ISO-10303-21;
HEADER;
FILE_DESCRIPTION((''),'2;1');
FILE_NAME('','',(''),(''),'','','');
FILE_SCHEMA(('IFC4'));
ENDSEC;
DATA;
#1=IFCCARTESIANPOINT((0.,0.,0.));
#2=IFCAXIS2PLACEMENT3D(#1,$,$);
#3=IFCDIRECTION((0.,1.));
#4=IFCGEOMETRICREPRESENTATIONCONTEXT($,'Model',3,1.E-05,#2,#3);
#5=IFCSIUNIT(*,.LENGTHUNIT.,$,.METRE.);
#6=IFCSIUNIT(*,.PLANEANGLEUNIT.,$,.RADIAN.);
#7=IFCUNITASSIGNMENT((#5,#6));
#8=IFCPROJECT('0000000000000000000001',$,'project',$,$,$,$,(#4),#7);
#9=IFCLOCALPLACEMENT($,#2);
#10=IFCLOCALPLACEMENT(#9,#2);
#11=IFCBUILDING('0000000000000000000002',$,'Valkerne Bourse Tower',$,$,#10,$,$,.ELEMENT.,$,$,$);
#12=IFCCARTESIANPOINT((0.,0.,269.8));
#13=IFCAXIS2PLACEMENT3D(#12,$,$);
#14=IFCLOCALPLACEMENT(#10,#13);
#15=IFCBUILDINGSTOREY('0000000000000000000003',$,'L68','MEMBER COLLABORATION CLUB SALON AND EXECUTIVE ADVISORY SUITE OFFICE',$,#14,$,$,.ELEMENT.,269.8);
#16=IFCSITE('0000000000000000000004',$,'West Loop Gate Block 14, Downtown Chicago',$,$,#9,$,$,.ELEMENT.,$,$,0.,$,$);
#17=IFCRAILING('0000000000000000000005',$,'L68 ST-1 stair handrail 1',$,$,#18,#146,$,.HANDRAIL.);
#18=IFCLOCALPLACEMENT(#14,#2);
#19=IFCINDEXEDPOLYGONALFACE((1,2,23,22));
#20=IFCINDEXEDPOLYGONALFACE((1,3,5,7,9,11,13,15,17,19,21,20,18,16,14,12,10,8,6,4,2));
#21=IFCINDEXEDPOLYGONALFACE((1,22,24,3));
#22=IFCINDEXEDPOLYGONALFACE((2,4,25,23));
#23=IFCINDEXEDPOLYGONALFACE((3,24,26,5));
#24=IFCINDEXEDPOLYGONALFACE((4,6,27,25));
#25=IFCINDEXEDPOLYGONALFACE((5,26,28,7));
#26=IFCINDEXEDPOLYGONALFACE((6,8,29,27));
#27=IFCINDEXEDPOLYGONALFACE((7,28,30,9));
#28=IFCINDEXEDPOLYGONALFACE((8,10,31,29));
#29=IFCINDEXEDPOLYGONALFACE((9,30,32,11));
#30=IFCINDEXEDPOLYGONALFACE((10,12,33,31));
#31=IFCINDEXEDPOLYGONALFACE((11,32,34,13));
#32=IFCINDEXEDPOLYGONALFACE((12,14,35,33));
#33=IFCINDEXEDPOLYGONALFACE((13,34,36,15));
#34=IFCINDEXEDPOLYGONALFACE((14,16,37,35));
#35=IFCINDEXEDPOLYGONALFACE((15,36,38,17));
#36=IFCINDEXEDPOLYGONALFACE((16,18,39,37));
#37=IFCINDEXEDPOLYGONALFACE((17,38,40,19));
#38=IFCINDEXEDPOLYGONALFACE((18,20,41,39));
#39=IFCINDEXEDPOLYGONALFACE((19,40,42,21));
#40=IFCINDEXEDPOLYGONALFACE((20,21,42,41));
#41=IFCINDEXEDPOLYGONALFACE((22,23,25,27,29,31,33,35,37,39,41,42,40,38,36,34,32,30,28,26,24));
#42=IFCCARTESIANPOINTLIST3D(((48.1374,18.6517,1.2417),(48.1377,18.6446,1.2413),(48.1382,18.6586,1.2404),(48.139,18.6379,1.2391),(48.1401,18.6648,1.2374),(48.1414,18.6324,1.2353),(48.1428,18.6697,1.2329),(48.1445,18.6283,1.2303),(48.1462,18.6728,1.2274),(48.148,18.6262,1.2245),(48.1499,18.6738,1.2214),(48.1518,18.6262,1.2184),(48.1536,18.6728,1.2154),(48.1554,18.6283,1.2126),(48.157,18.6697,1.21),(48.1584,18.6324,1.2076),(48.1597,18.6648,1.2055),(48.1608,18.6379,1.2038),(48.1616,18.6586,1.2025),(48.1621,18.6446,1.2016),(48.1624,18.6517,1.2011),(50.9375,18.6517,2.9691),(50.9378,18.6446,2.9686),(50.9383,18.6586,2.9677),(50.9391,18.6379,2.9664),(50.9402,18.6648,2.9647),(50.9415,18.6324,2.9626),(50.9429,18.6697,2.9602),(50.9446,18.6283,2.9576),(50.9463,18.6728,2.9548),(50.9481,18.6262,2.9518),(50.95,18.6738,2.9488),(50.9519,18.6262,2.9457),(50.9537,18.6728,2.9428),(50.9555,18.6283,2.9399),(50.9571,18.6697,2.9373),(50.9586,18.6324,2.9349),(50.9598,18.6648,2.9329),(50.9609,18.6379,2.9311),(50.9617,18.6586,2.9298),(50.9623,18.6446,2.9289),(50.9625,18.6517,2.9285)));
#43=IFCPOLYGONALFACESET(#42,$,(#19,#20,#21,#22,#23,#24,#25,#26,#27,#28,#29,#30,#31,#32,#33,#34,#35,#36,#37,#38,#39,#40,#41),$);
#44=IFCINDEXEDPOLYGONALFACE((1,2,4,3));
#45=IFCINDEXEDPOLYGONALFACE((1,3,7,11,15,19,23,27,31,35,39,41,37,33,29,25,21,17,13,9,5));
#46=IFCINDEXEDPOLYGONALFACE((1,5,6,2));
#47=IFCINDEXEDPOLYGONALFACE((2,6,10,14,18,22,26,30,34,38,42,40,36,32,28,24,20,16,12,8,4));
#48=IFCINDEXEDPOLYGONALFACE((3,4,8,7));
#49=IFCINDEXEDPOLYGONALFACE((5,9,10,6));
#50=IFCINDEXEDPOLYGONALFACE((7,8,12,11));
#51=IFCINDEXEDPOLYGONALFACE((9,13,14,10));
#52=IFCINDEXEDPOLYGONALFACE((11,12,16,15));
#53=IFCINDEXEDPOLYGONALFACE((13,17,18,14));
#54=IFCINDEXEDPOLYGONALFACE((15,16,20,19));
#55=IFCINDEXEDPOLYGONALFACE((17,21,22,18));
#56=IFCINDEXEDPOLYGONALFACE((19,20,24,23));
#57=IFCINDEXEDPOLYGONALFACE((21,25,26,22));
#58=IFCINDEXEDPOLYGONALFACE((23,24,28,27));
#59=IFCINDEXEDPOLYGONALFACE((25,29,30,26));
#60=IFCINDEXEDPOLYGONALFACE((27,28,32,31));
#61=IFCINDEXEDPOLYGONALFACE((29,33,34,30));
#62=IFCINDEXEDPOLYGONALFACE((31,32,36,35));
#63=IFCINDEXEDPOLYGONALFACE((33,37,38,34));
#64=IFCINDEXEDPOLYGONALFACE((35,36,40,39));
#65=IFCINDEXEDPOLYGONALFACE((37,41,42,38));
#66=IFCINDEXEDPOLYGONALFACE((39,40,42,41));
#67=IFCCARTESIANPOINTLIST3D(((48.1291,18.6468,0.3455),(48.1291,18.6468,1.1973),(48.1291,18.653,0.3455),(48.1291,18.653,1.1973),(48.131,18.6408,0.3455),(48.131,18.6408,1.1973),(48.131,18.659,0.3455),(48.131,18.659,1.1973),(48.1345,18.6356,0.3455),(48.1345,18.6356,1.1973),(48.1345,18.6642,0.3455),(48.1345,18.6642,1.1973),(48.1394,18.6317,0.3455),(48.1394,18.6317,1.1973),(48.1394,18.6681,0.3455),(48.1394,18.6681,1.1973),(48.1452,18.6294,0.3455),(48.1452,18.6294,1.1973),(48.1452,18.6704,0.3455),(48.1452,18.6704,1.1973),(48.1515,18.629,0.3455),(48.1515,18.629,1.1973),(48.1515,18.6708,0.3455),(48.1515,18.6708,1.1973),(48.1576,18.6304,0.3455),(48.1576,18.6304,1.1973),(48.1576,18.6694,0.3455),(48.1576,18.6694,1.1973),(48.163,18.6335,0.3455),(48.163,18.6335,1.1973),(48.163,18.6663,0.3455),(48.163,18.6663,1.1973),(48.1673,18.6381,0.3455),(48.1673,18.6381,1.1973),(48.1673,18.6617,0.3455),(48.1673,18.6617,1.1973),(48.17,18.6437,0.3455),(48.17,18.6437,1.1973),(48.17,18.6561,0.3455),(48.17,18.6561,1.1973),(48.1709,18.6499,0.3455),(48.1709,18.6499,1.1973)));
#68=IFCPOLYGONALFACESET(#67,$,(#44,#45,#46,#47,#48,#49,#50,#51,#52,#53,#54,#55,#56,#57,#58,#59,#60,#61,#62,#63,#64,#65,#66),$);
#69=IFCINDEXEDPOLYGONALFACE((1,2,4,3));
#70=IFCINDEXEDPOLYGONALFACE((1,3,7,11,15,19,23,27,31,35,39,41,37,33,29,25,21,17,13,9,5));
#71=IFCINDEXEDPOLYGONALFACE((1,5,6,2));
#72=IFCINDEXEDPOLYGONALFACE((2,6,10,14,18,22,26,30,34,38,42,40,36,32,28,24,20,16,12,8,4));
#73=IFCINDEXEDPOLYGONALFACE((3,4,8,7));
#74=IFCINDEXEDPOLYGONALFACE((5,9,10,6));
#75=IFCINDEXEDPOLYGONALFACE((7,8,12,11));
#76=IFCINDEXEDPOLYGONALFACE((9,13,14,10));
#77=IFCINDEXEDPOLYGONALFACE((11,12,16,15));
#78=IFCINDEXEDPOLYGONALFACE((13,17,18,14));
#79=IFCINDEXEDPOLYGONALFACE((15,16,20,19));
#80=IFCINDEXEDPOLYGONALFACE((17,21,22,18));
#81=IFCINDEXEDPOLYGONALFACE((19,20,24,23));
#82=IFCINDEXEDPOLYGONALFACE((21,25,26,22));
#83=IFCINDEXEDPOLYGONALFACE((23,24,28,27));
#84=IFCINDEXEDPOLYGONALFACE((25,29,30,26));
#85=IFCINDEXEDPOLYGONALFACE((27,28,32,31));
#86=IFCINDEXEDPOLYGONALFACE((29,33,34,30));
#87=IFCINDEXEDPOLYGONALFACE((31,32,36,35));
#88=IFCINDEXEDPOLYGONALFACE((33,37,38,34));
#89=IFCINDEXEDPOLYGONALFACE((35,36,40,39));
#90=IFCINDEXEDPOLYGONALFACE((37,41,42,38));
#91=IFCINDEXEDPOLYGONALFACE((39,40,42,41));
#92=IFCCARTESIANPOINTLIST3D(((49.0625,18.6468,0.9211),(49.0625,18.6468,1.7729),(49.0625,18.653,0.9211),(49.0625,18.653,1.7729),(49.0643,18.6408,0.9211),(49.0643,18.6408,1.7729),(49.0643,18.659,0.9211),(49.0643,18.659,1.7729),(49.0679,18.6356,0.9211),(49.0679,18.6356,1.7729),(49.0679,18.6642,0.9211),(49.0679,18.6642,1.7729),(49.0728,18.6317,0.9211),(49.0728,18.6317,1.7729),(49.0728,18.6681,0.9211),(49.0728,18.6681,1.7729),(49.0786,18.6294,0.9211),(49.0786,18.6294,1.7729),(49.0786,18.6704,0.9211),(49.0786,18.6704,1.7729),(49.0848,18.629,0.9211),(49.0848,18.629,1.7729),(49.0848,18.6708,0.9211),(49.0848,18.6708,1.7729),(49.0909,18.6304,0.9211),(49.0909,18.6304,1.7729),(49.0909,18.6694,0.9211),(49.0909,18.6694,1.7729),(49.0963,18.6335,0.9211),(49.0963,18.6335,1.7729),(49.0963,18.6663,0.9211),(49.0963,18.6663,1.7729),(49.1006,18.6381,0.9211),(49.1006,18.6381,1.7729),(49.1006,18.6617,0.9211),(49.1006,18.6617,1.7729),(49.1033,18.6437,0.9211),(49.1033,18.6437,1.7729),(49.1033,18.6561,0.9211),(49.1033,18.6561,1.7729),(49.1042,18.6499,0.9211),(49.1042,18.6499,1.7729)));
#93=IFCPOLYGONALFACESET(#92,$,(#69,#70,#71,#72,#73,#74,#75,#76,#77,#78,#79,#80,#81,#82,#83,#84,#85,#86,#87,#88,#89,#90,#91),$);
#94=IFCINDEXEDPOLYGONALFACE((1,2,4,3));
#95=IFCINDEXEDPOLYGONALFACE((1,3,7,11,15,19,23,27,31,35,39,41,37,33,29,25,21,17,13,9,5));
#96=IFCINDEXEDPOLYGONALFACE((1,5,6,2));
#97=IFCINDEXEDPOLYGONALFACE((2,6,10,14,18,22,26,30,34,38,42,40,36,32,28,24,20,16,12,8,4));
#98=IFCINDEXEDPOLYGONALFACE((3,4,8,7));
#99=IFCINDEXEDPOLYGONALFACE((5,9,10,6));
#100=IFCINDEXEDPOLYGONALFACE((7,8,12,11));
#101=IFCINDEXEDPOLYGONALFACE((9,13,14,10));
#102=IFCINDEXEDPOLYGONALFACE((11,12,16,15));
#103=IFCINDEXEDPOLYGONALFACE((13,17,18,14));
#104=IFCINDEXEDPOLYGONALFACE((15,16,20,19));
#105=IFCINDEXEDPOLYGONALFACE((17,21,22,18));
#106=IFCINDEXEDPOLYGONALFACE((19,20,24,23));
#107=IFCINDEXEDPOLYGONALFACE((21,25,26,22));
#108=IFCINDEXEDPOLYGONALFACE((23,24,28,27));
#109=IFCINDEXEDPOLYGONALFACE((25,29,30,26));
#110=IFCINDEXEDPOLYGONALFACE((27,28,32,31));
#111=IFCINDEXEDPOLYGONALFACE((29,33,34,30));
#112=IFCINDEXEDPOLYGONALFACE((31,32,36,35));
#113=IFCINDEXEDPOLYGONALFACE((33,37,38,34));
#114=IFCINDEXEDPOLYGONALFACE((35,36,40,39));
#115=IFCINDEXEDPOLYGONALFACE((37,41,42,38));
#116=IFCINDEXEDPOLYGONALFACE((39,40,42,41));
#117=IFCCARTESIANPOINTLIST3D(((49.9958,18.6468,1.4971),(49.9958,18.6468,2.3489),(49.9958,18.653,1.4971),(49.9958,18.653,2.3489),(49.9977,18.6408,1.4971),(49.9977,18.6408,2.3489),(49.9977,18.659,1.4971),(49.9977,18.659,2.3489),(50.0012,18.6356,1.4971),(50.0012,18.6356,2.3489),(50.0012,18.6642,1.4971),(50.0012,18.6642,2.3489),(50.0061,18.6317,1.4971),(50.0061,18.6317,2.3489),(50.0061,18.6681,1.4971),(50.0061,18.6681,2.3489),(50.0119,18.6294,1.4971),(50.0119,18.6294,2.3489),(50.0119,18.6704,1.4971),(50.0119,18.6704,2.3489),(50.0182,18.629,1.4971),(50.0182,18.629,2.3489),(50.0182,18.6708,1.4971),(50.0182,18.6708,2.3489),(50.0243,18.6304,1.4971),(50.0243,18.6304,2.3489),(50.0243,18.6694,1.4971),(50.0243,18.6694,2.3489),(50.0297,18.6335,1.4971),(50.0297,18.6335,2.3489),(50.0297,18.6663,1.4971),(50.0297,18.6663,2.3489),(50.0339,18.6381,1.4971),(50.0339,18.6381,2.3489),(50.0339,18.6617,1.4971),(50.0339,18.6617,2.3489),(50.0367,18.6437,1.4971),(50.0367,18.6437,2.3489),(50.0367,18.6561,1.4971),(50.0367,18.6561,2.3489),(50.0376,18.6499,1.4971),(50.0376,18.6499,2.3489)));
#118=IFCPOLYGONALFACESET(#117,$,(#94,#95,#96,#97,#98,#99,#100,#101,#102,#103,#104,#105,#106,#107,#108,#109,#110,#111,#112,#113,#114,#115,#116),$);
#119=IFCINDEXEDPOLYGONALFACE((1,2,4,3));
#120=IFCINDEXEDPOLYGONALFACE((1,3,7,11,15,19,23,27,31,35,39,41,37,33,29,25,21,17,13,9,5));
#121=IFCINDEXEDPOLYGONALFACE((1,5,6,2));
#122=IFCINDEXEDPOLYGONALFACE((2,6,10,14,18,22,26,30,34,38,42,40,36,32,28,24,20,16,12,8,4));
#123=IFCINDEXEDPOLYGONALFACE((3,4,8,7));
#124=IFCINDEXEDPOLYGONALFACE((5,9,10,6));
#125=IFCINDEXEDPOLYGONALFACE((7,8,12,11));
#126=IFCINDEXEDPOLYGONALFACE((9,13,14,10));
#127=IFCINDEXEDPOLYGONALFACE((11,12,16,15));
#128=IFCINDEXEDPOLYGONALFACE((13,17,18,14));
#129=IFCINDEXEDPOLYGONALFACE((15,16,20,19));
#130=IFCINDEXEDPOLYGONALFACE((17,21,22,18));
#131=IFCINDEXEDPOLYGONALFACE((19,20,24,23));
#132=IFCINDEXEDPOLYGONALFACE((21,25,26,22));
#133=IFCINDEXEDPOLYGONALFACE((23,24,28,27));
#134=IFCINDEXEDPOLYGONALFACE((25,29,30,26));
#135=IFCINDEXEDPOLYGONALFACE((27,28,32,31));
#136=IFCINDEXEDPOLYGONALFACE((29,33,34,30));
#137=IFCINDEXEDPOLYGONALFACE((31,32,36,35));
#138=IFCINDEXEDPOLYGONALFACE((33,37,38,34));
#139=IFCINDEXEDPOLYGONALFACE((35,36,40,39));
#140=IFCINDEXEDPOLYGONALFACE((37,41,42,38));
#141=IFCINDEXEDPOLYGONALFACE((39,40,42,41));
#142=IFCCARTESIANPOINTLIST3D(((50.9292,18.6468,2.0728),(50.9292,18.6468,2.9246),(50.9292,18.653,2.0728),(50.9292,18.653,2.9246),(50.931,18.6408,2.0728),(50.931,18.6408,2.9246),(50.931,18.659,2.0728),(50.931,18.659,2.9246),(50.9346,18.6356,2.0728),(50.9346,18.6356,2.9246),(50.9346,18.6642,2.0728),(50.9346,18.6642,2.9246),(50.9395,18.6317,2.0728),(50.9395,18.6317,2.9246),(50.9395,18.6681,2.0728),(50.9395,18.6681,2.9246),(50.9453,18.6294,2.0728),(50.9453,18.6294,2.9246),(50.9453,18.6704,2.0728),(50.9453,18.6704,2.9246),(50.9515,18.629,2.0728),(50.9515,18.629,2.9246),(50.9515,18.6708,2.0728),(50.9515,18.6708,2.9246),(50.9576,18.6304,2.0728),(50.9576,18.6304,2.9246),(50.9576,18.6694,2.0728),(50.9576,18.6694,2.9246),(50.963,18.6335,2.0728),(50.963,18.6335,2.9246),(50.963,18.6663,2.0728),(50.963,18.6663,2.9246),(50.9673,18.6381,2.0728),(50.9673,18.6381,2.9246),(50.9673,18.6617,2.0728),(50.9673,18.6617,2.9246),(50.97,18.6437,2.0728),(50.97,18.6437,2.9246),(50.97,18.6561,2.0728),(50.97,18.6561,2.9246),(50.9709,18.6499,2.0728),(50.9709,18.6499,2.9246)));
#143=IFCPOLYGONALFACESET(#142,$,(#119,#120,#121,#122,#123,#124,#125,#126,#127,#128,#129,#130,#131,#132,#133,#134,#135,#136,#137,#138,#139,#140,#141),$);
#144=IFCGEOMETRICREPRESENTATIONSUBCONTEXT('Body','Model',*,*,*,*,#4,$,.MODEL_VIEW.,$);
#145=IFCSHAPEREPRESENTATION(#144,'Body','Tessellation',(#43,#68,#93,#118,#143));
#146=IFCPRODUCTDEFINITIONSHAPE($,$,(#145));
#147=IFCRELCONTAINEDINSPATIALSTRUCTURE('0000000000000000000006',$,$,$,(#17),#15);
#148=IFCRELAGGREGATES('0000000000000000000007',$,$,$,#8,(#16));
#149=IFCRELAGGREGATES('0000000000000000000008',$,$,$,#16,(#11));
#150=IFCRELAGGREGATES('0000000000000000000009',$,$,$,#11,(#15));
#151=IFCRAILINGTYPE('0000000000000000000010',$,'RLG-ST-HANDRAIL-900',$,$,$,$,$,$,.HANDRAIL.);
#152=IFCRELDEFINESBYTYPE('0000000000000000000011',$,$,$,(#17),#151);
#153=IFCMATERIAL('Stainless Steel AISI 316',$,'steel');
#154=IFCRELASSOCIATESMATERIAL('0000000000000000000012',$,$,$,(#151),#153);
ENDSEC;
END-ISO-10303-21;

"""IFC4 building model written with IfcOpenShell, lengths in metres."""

from ifc_helpers import new_model, si_unit, direction, frame, origin, origin_2d, place, context, subcontext, project, spatial, circle, extrude, material, type_object, element, save


model = new_model("IFC4")

# Units and contexts
model_context = context("Model", 3, precision=1e-05, world=origin(), true_north=direction((0.0, 1.0)))
body_context = subcontext(model_context, "Body", "Model", "MODEL_VIEW")
ifc_project = project(units=[si_unit("LENGTHUNIT", "METRE"), si_unit("PLANEANGLEUNIT", "RADIAN")], contexts=[model_context])

# Site, building, storey
site_placement = place(None, origin())
site = spatial("IfcSite", under=ifc_project, at=site_placement, Name="West Loop Gate Block 14, Downtown Chicago", CompositionType="ELEMENT", RefElevation=0.0)
building_placement = place(site_placement, origin())
building = spatial("IfcBuilding", under=site, at=building_placement, Name="Valkerne Bourse Tower", CompositionType="ELEMENT")
storey_placement = place(building_placement, frame((0.0, 0.0, 269.8)))
storey = spatial("IfcBuildingStorey", under=building, at=storey_placement, Name="L68", Description="MEMBER COLLABORATION CLUB SALON AND EXECUTIVE ADVISORY SUITE OFFICE", CompositionType="ELEMENT", Elevation=269.8)

# Shared definitions
ifc_material_1 = material(Name="Stainless Steel AISI 316", Category="steel")

# Railing
railing_type_1 = type_object("IfcRailingType", Name="RLG-ST-HANDRAIL-900", PredefinedType="HANDRAIL", material=ifc_material_1)
railing_1_placement = place(storey_placement, frame((48.1499, 18.6499, 0.3455)))
element("IfcRailing", 1, at=railing_1_placement, inside=storey, type_object=railing_type_1, Name="L68 ST-1 stair handrail 1", PredefinedType="HANDRAIL", context=body_context, shape_type="SweptSolid", body=[
    extrude(circle(Radius=0.0239, at=origin_2d()), frame((0.0, 0.0, 0.876), z_axis=(0.85109, 0.0, 0.52502), x_axis=(0.0, 1.0, 0.0)), (0.0, 0.0, 1.0), 3.29),
    extrude(circle(Radius=0.021, at=origin_2d()), origin(), (0.0, 0.0, 1.0), 0.8518),
    extrude(circle(Radius=0.021, at=origin_2d()), frame((0.9333, 0.0, 0.5757)), (0.0, 0.0, 1.0), 0.8518),
    extrude(circle(Radius=0.021, at=origin_2d()), frame((1.8667, 0.0, 1.1516)), (0.0, 0.0, 1.0), 0.8518),
    extrude(circle(Radius=0.021, at=origin_2d()), frame((2.8, 0.0, 1.7273)), (0.0, 0.0, 1.0), 0.8518),
])

save(model, "model.ifc")
